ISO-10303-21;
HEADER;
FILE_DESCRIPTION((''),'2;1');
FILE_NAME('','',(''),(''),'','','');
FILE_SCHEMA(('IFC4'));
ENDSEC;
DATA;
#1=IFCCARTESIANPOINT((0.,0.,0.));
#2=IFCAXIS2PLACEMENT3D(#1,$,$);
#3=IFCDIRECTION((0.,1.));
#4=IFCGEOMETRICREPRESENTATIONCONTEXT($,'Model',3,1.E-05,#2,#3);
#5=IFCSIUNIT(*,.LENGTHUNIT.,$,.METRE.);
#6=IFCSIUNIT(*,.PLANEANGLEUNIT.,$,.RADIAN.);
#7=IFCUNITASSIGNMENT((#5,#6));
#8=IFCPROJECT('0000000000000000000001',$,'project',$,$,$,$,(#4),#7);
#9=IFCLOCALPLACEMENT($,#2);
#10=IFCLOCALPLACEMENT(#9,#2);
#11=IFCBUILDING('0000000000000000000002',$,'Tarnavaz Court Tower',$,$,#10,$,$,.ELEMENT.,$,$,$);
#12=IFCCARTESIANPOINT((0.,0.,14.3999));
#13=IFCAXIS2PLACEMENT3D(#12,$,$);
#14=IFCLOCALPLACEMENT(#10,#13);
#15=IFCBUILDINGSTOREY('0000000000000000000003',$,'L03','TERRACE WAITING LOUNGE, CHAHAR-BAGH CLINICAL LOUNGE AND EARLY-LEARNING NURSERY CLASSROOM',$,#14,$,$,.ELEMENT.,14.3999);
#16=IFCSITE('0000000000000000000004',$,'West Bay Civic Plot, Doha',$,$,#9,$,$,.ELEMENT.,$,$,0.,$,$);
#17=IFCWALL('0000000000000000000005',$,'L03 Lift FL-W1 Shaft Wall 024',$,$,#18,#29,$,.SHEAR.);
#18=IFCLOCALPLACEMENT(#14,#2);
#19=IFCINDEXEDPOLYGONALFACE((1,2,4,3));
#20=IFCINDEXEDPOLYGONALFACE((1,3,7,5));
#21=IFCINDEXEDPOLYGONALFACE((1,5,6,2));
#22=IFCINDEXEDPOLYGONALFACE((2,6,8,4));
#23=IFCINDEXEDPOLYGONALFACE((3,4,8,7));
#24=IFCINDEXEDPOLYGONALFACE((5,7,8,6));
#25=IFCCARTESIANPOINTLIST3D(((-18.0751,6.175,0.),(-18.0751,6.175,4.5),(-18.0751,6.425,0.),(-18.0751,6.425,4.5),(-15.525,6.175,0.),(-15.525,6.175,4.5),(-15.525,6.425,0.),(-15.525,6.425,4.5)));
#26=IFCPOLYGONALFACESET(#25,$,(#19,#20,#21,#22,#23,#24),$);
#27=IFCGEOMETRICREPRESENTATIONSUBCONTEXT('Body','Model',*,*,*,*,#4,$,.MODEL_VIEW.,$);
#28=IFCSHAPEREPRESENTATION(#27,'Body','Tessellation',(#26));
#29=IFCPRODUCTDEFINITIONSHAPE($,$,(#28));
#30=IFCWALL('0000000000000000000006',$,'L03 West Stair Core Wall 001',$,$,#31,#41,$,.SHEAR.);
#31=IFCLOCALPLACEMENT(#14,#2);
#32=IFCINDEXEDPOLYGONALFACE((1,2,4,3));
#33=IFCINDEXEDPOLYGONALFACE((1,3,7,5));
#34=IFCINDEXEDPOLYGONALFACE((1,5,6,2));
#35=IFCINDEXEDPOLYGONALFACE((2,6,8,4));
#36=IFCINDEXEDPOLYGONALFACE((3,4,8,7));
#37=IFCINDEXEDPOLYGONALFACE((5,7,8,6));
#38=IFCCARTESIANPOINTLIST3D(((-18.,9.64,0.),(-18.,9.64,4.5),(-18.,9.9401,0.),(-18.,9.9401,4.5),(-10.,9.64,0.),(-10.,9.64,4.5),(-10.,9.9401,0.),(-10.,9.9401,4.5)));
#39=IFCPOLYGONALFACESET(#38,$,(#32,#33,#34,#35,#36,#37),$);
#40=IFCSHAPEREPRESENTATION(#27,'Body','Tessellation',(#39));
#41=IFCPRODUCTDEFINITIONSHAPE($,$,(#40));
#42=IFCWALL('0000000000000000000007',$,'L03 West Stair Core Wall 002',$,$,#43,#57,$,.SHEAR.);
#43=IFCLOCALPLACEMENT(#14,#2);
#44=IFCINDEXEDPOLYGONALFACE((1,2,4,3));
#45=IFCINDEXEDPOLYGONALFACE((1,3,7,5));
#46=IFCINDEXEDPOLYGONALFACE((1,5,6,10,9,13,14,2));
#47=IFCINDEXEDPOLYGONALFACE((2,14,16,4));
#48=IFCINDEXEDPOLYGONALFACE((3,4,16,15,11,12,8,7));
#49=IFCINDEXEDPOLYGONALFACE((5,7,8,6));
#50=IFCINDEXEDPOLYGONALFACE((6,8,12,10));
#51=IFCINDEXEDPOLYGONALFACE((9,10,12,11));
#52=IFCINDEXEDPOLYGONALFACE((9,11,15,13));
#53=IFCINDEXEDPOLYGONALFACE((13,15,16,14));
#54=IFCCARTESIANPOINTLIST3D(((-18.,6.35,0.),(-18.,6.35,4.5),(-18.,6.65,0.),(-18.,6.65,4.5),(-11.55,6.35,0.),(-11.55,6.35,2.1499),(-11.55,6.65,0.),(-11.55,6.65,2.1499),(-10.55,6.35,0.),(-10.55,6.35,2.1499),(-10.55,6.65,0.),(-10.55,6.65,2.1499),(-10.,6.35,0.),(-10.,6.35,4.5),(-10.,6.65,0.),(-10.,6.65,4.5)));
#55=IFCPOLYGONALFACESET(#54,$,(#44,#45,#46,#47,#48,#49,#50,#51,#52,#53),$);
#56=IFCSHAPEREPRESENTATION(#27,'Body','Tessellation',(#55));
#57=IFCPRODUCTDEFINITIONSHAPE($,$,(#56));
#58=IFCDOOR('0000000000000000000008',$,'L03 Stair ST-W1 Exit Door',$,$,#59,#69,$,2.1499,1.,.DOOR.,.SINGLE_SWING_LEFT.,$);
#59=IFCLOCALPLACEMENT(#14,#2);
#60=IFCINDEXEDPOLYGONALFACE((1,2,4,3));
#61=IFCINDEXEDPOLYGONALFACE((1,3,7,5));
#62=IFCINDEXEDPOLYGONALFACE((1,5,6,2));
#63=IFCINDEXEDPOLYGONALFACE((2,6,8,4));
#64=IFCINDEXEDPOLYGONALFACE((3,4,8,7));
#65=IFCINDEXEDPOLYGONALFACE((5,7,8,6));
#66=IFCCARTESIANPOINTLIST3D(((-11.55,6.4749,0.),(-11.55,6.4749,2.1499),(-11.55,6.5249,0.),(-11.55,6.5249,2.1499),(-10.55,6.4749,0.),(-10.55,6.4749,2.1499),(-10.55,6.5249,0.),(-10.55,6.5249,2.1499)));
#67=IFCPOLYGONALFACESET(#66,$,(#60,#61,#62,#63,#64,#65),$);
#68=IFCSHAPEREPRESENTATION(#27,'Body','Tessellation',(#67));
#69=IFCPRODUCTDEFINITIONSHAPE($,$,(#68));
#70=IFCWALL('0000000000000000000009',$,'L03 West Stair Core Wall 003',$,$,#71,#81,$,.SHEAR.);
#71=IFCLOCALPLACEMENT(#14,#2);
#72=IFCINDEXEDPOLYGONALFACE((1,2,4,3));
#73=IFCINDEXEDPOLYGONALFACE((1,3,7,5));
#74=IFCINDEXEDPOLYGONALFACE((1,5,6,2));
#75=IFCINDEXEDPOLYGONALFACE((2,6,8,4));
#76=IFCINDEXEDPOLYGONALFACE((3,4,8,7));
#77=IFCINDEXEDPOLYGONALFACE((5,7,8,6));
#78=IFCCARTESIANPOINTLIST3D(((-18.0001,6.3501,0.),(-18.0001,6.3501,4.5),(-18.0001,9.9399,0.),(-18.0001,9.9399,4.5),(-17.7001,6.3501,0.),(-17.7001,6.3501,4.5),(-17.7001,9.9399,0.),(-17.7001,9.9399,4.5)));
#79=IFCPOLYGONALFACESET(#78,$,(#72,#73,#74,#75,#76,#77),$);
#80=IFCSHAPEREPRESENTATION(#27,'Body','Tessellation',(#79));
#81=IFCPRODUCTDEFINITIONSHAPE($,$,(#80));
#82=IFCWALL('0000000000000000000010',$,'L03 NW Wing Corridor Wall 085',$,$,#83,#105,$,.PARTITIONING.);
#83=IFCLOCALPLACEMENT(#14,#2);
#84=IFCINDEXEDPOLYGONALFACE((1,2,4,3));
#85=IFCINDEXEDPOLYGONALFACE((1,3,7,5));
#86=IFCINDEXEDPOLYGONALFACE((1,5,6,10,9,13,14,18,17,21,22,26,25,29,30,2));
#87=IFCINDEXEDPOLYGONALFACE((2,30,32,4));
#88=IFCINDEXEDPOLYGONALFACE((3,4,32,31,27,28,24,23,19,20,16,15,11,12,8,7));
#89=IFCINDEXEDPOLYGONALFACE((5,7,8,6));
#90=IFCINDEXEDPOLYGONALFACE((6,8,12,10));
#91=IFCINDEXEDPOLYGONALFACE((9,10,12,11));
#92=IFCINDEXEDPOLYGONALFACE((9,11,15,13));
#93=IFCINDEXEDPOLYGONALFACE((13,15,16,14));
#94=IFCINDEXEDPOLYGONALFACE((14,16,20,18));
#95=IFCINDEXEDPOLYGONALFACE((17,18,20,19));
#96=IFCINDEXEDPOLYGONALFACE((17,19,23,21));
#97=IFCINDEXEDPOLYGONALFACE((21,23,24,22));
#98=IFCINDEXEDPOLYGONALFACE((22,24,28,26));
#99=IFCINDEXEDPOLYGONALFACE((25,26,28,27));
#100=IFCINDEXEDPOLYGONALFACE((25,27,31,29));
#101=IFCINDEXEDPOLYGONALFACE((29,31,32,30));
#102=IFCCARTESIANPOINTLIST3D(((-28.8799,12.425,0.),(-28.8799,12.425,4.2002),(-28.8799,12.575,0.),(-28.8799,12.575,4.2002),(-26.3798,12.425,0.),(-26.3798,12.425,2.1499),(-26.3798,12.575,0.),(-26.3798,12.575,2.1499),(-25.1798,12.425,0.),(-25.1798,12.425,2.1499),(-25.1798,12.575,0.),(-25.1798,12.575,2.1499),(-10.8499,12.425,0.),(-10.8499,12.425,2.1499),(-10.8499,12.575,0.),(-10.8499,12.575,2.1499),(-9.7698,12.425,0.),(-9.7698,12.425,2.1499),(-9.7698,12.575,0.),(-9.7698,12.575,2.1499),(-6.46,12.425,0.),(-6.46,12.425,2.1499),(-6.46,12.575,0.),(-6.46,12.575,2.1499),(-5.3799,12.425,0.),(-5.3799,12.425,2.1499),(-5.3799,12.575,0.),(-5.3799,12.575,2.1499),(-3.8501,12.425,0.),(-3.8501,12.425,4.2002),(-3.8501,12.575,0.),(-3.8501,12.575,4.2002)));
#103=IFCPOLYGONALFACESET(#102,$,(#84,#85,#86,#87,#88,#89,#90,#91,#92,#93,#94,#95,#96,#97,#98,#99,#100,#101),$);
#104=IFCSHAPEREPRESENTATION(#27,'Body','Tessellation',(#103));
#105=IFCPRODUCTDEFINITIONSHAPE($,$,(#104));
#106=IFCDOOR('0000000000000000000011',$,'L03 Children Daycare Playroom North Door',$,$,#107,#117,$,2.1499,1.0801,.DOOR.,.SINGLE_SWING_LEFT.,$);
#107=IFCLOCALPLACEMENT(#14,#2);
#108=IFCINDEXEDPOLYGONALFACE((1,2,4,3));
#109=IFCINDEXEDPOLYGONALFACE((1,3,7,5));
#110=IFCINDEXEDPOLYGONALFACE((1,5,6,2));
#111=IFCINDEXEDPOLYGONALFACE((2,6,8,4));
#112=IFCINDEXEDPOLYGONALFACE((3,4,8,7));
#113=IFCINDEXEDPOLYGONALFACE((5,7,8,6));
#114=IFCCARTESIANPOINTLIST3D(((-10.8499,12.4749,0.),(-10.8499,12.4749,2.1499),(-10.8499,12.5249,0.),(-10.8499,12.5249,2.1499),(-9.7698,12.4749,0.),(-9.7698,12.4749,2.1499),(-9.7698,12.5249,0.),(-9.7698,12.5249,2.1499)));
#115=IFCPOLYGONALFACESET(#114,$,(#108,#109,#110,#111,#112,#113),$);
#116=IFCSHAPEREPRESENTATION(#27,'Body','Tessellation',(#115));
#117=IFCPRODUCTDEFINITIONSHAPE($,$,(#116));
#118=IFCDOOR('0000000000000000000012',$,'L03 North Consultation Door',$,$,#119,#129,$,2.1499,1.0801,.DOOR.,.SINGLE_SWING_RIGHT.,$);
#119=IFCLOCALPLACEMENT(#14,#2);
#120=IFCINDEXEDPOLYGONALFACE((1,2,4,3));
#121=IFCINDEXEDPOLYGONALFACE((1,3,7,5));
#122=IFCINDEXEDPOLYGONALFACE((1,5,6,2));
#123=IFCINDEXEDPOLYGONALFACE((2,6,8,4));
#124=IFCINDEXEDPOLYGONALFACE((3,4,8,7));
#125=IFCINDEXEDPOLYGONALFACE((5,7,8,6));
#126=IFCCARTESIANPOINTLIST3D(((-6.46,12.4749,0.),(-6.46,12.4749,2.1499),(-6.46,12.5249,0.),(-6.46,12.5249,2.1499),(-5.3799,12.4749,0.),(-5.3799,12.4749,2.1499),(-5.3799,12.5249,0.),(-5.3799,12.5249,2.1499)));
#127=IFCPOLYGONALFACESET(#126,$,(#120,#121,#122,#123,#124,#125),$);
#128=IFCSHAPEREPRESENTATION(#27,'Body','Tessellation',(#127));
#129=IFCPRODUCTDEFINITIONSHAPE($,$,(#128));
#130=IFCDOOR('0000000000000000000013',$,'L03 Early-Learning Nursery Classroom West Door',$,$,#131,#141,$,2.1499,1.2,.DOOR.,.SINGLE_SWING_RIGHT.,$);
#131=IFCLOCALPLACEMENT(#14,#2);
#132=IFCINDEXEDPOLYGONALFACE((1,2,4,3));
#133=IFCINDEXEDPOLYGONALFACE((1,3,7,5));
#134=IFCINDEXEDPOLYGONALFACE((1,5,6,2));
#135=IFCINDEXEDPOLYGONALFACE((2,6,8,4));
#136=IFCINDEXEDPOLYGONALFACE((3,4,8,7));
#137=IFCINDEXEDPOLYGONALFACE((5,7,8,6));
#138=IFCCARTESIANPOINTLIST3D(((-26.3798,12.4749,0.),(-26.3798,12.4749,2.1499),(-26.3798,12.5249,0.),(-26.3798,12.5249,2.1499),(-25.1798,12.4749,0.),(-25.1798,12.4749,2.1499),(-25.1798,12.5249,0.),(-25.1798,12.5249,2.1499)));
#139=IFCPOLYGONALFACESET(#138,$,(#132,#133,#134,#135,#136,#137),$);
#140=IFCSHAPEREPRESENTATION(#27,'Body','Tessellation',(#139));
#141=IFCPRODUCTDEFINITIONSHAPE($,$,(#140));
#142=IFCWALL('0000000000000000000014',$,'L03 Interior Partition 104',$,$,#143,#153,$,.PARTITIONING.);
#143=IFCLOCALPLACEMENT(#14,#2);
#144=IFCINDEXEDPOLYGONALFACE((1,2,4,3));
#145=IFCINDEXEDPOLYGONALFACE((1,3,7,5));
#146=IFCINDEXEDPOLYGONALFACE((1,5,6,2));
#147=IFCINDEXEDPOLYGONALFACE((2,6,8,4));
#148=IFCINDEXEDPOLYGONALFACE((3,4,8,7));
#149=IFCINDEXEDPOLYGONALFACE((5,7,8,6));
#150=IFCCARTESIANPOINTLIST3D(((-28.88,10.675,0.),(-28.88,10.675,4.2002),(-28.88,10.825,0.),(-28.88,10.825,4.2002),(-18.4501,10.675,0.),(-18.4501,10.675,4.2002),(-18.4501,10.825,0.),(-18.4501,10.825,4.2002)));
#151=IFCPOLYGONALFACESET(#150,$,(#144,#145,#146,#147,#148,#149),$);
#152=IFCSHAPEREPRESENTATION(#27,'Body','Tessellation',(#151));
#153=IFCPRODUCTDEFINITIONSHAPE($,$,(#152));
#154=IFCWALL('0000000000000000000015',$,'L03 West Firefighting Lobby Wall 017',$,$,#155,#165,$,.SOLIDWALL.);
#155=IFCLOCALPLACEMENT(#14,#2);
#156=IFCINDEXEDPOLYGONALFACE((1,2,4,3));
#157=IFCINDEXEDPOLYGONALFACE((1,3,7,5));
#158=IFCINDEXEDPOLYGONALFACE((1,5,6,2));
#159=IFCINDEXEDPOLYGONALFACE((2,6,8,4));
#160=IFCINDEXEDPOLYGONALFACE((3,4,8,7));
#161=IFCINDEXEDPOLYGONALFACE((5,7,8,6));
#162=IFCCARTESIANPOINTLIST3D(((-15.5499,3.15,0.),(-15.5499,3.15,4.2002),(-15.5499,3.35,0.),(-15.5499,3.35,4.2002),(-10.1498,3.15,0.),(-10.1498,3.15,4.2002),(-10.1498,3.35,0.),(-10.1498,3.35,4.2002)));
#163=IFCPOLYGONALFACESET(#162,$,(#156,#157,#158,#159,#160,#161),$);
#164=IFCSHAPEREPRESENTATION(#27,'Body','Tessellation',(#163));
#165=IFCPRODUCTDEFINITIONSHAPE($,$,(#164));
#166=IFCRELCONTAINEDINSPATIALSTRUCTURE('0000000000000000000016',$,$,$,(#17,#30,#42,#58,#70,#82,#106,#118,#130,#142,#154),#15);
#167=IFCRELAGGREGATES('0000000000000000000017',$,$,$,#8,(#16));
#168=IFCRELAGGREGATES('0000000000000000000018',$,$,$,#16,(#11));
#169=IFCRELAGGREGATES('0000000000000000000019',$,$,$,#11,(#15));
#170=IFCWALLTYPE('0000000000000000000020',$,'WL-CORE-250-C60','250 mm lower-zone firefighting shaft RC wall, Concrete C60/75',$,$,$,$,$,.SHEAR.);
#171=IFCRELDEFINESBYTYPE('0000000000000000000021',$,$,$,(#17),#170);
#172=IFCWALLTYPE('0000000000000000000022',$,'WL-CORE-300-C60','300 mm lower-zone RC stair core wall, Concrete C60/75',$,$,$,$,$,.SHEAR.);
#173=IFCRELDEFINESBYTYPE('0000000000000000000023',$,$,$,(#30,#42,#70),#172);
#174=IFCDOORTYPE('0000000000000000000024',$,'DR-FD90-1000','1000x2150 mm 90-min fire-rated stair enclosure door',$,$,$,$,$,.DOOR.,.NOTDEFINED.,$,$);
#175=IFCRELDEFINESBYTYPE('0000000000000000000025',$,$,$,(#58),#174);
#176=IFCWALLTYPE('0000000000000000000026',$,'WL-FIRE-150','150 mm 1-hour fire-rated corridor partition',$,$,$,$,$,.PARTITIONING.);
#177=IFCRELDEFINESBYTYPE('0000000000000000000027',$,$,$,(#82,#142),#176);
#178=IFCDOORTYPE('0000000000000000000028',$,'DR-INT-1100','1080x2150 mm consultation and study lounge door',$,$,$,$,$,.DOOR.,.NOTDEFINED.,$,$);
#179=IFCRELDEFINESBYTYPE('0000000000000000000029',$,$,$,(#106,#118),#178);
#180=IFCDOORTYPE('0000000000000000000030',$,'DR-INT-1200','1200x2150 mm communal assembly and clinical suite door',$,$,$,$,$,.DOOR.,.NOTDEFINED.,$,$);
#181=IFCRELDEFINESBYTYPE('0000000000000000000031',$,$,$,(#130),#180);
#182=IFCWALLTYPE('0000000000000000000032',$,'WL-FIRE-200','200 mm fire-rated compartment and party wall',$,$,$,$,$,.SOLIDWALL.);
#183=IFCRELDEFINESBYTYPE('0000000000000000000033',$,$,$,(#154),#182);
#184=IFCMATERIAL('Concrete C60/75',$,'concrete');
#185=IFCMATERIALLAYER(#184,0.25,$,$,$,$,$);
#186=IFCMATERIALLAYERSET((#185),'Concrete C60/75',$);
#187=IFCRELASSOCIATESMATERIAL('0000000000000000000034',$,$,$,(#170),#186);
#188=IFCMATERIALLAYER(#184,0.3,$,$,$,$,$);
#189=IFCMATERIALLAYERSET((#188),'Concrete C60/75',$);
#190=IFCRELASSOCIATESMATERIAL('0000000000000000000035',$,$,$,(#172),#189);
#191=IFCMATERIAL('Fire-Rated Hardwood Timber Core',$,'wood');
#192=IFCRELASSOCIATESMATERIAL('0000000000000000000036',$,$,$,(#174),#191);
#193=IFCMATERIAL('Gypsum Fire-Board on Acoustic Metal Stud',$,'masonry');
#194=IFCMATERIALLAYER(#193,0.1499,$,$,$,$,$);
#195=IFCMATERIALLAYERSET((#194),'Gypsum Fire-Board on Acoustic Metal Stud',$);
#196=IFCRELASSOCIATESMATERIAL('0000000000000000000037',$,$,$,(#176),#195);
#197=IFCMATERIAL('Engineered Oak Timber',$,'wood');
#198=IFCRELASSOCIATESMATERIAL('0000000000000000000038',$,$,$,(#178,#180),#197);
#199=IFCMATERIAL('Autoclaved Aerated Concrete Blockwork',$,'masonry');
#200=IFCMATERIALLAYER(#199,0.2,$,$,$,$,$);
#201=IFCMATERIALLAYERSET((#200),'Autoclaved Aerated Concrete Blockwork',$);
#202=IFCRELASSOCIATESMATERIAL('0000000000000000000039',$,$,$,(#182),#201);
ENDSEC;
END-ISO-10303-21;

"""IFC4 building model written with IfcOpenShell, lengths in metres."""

from ifc_helpers import new_model, si_unit, direction, frame, frame_2d, origin, place, context, subcontext, project, spatial, rectangle, extrude, material, layer, layer_set, type_object, element, fill, save


model = new_model("IFC4")

# Units and contexts
model_context = context("Model", 3, precision=1e-05, world=origin(), true_north=direction((0.0, 1.0)))
body_context = subcontext(model_context, "Body", "Model", "MODEL_VIEW")
ifc_project = project(units=[si_unit("LENGTHUNIT", "METRE"), si_unit("PLANEANGLEUNIT", "RADIAN")], contexts=[model_context])

# Site, building, storey
site_placement = place(None, origin())
site = spatial("IfcSite", under=ifc_project, at=site_placement, Name="West Bay Civic Plot, Doha", CompositionType="ELEMENT", RefElevation=0.0)
building_placement = place(site_placement, origin())
building = spatial("IfcBuilding", under=site, at=building_placement, Name="Tarnavaz Court Tower", CompositionType="ELEMENT")
storey_placement = place(building_placement, frame((0.0, 0.0, 14.3999)))
storey = spatial("IfcBuildingStorey", under=building, at=storey_placement, Name="L03", Description="TERRACE WAITING LOUNGE, CHAHAR-BAGH CLINICAL LOUNGE AND EARLY-LEARNING NURSERY CLASSROOM", CompositionType="ELEMENT", Elevation=14.3999)

# Shared definitions
ifc_material_1 = material(Name="Concrete C60/75", Category="concrete")

# Shared definitions
ifc_layer_1 = layer(ifc_material_1, 0.25)
ifc_layer_set_1 = layer_set([ifc_layer_1], Name="Concrete C60/75")
wall_type_1 = type_object("IfcWallType", Name="WL-CORE-250-C60", Description="250 mm lower-zone firefighting shaft RC wall, Concrete C60/75", PredefinedType="SHEAR", material=ifc_layer_set_1)

# Walls
for number, where, z_axis, x_axis, name in (
    (1, (-18.075, 6.3, 0.0), (0.0, 0.0, 1.0), (1.0, 0.0, 0.0), "L03 Lift FL-W1 Shaft Wall 024"),
):
    element("IfcWall", number, at=place(storey_placement, frame(where, z_axis=z_axis, x_axis=x_axis)), inside=storey, type_object=wall_type_1, Name=name, PredefinedType="SHEAR", context=body_context, shape_type="SweptSolid", body=[
        extrude(rectangle(XDim=2.55, YDim=0.25, at=frame_2d((1.2749, 0.0))), origin(), (0.0, 0.0, 1.0), 4.5),
    ])
ifc_layer_2 = layer(ifc_material_1, 0.3)
ifc_layer_set_2 = layer_set([ifc_layer_2], Name="Concrete C60/75")
wall_type_2 = type_object("IfcWallType", Name="WL-CORE-300-C60", Description="300 mm lower-zone RC stair core wall, Concrete C60/75", PredefinedType="SHEAR", material=ifc_layer_set_2)
wall_1_placement = place(storey_placement, frame((-18.0, 9.79, 0.0), z_axis=(0.0, 0.0, 1.0), x_axis=(1.0, 0.0, 0.0)))
element("IfcWall", 2, at=wall_1_placement, inside=storey, type_object=wall_type_2, Name="L03 West Stair Core Wall 001", PredefinedType="SHEAR", context=body_context, shape_type="SweptSolid", body=[
    extrude(rectangle(XDim=8.0, YDim=0.3, at=frame_2d((4.0, 0.0))), origin(), (0.0, 0.0, 1.0), 4.5),
])

# Wall, opening, door
wall_2_placement = place(storey_placement, frame((-18.0, 6.5, 0.0), z_axis=(0.0, 0.0, 1.0), x_axis=(1.0, 0.0, 0.0)))
wall_2 = element("IfcWall", 3, at=wall_2_placement, inside=storey, type_object=wall_type_2, Name="L03 West Stair Core Wall 002", PredefinedType="SHEAR", context=body_context, shape_type="SweptSolid", body=[
    extrude(rectangle(XDim=8.0, YDim=0.3, at=frame_2d((4.0, 0.0))), origin(), (0.0, 0.0, 1.0), 4.5),
])
opening_1_placement = place(wall_2_placement, frame((6.45, 0.0, 0.0)))
opening_1 = element("IfcOpeningElement", 4, at=opening_1_placement, cuts=wall_2, PredefinedType="OPENING", context=body_context, shape_type="SweptSolid", body=[
    extrude(rectangle(XDim=1.0, YDim=2.1499, at=frame_2d((0.5, 1.075))), frame((0.0, 0.1599, 0.0), z_axis=(0.0, -1.0, 0.0), x_axis=(1.0, 0.0, 0.0)), (0.0, 0.0, 1.0), 0.3201),
])
ifc_material_2 = material(Name="Fire-Rated Hardwood Timber Core", Category="wood")
door_type_1 = type_object("IfcDoorType", Name="DR-FD90-1000", Description="1000x2150 mm 90-min fire-rated stair enclosure door", OperationType="NOTDEFINED", PredefinedType="DOOR", material=ifc_material_2)
door_1_placement = place(opening_1_placement, origin())
door_1 = element("IfcDoor", 5, at=door_1_placement, inside=storey, type_object=door_type_1, Name="L03 Stair ST-W1 Exit Door", OperationType="SINGLE_SWING_LEFT", OverallHeight=2.1499, OverallWidth=1.0, PredefinedType="DOOR", context=body_context, shape_type="SweptSolid", body=[
    extrude(rectangle(XDim=1.0, YDim=2.1499, at=frame_2d((0.5, 1.075))), frame((0.0, 0.0249, 0.0), z_axis=(0.0, -1.0, 0.0), x_axis=(1.0, 0.0, 0.0)), (0.0, 0.0, 1.0), 0.05),
])
fill(opening_1, door_1)

# Wall
wall_3_placement = place(storey_placement, frame((-17.8501, 6.3501, 0.0), z_axis=(0.0, 0.0, 1.0), x_axis=(0.0, 1.0, 0.0)))
element("IfcWall", 6, at=wall_3_placement, inside=storey, type_object=wall_type_2, Name="L03 West Stair Core Wall 003", PredefinedType="SHEAR", context=body_context, shape_type="SweptSolid", body=[
    extrude(rectangle(XDim=3.5898, YDim=0.3, at=frame_2d((1.7949, 0.0))), origin(), (0.0, 0.0, 1.0), 4.5),
])

# Wall, openings, doors
ifc_material_3 = material(Name="Gypsum Fire-Board on Acoustic Metal Stud", Category="masonry")
ifc_layer_3 = layer(ifc_material_3, 0.1499)
ifc_layer_set_3 = layer_set([ifc_layer_3], Name="Gypsum Fire-Board on Acoustic Metal Stud")
wall_type_3 = type_object("IfcWallType", Name="WL-FIRE-150", Description="150 mm 1-hour fire-rated corridor partition", PredefinedType="PARTITIONING", material=ifc_layer_set_3)
wall_4_placement = place(storey_placement, frame((-28.8799, 12.5, 0.0), z_axis=(0.0, 0.0, 1.0), x_axis=(1.0, 0.0, 0.0)))
wall_4 = element("IfcWall", 7, at=wall_4_placement, inside=storey, type_object=wall_type_3, Name="L03 NW Wing Corridor Wall 085", PredefinedType="PARTITIONING", context=body_context, shape_type="SweptSolid", body=[
    extrude(rectangle(XDim=25.0298, YDim=0.1499, at=frame_2d((12.5149, 0.0))), origin(), (0.0, 0.0, 1.0), 4.2002),
])
opening_2_placement = place(wall_4_placement, frame((2.5, 0.0, 0.0)))
opening_2 = element("IfcOpeningElement", 8, at=opening_2_placement, cuts=wall_4, PredefinedType="OPENING", context=body_context, shape_type="SweptSolid", body=[
    extrude(rectangle(XDim=1.2, YDim=2.1499, at=frame_2d((0.6001, 1.075))), frame((0.0, 0.085, 0.0), z_axis=(0.0, -1.0, 0.0), x_axis=(1.0, 0.0, 0.0)), (0.0, 0.0, 1.0), 0.1699),
])
opening_3_placement = place(wall_4_placement, frame((18.03, 0.0, 0.0)))
opening_3 = element("IfcOpeningElement", 9, at=opening_3_placement, cuts=wall_4, PredefinedType="OPENING", context=body_context, shape_type="SweptSolid", body=[
    extrude(rectangle(XDim=1.0801, YDim=2.1499, at=frame_2d((0.54, 1.075))), frame((0.0, 0.085, 0.0), z_axis=(0.0, -1.0, 0.0), x_axis=(1.0, 0.0, 0.0)), (0.0, 0.0, 1.0), 0.1699),
])
opening_4_placement = place(wall_4_placement, frame((22.4199, 0.0, 0.0)))
opening_4 = element("IfcOpeningElement", 10, at=opening_4_placement, cuts=wall_4, PredefinedType="OPENING", context=body_context, shape_type="SweptSolid", body=[
    extrude(rectangle(XDim=1.0801, YDim=2.1499, at=frame_2d((0.54, 1.075))), frame((0.0, 0.085, 0.0), z_axis=(0.0, -1.0, 0.0), x_axis=(1.0, 0.0, 0.0)), (0.0, 0.0, 1.0), 0.1699),
])
ifc_material_4 = material(Name="Engineered Oak Timber", Category="wood")
door_type_2 = type_object("IfcDoorType", Name="DR-INT-1100", Description="1080x2150 mm consultation and study lounge door", OperationType="NOTDEFINED", PredefinedType="DOOR", material=ifc_material_4)
door_2_placement = place(opening_3_placement, origin())
door_2 = element("IfcDoor", 11, at=door_2_placement, inside=storey, type_object=door_type_2, Name="L03 Children Daycare Playroom North Door", OperationType="SINGLE_SWING_LEFT", OverallHeight=2.1499, OverallWidth=1.0801, PredefinedType="DOOR", context=body_context, shape_type="SweptSolid", body=[
    extrude(rectangle(XDim=1.0801, YDim=2.1499, at=frame_2d((0.54, 1.075))), frame((0.0, 0.0249, 0.0), z_axis=(0.0, -1.0, 0.0), x_axis=(1.0, 0.0, 0.0)), (0.0, 0.0, 1.0), 0.05),
])
fill(opening_3, door_2)
door_3_placement = place(opening_4_placement, origin())
door_3 = element("IfcDoor", 12, at=door_3_placement, inside=storey, type_object=door_type_2, Name="L03 North Consultation Door", OperationType="SINGLE_SWING_RIGHT", OverallHeight=2.1499, OverallWidth=1.0801, PredefinedType="DOOR", context=body_context, shape_type="SweptSolid", body=[
    extrude(rectangle(XDim=1.0801, YDim=2.1499, at=frame_2d((0.54, 1.075))), frame((0.0, 0.0249, 0.0), z_axis=(0.0, -1.0, 0.0), x_axis=(1.0, 0.0, 0.0)), (0.0, 0.0, 1.0), 0.05),
])
fill(opening_4, door_3)
door_type_3 = type_object("IfcDoorType", Name="DR-INT-1200", Description="1200x2150 mm communal assembly and clinical suite door", OperationType="NOTDEFINED", PredefinedType="DOOR", material=ifc_material_4)
door_4_placement = place(opening_2_placement, origin())
door_4 = element("IfcDoor", 13, at=door_4_placement, inside=storey, type_object=door_type_3, Name="L03 Early-Learning Nursery Classroom West Door", OperationType="SINGLE_SWING_RIGHT", OverallHeight=2.1499, OverallWidth=1.2, PredefinedType="DOOR", context=body_context, shape_type="SweptSolid", body=[
    extrude(rectangle(XDim=1.2, YDim=2.1499, at=frame_2d((0.6001, 1.075))), frame((0.0, 0.0249, 0.0), z_axis=(0.0, -1.0, 0.0), x_axis=(1.0, 0.0, 0.0)), (0.0, 0.0, 1.0), 0.05),
])
fill(opening_2, door_4)

# Walls
wall_5_placement = place(storey_placement, frame((-28.8799, 10.75, 0.0), z_axis=(0.0, 0.0, 1.0), x_axis=(1.0, 0.0, 0.0)))
element("IfcWall", 14, at=wall_5_placement, inside=storey, type_object=wall_type_3, Name="L03 Interior Partition 104", PredefinedType="PARTITIONING", context=body_context, shape_type="SweptSolid", body=[
    extrude(rectangle(XDim=10.4299, YDim=0.1499, at=frame_2d((5.2148, 0.0))), origin(), (0.0, 0.0, 1.0), 4.2002),
])
ifc_material_5 = material(Name="Autoclaved Aerated Concrete Blockwork", Category="masonry")
ifc_layer_4 = layer(ifc_material_5, 0.2)
ifc_layer_set_4 = layer_set([ifc_layer_4], Name="Autoclaved Aerated Concrete Blockwork")
wall_type_4 = type_object("IfcWallType", Name="WL-FIRE-200", Description="200 mm fire-rated compartment and party wall", PredefinedType="SOLIDWALL", material=ifc_layer_set_4)
wall_6_placement = place(storey_placement, frame((-15.55, 3.25, 0.0), z_axis=(0.0, 0.0, 1.0), x_axis=(1.0, 0.0, 0.0)))
element("IfcWall", 15, at=wall_6_placement, inside=storey, type_object=wall_type_4, Name="L03 West Firefighting Lobby Wall 017", PredefinedType="SOLIDWALL", context=body_context, shape_type="SweptSolid", body=[
    extrude(rectangle(XDim=5.4001, YDim=0.2, at=frame_2d((2.7002, 0.0))), origin(), (0.0, 0.0, 1.0), 4.2002),
])

save(model, "model.ifc")
